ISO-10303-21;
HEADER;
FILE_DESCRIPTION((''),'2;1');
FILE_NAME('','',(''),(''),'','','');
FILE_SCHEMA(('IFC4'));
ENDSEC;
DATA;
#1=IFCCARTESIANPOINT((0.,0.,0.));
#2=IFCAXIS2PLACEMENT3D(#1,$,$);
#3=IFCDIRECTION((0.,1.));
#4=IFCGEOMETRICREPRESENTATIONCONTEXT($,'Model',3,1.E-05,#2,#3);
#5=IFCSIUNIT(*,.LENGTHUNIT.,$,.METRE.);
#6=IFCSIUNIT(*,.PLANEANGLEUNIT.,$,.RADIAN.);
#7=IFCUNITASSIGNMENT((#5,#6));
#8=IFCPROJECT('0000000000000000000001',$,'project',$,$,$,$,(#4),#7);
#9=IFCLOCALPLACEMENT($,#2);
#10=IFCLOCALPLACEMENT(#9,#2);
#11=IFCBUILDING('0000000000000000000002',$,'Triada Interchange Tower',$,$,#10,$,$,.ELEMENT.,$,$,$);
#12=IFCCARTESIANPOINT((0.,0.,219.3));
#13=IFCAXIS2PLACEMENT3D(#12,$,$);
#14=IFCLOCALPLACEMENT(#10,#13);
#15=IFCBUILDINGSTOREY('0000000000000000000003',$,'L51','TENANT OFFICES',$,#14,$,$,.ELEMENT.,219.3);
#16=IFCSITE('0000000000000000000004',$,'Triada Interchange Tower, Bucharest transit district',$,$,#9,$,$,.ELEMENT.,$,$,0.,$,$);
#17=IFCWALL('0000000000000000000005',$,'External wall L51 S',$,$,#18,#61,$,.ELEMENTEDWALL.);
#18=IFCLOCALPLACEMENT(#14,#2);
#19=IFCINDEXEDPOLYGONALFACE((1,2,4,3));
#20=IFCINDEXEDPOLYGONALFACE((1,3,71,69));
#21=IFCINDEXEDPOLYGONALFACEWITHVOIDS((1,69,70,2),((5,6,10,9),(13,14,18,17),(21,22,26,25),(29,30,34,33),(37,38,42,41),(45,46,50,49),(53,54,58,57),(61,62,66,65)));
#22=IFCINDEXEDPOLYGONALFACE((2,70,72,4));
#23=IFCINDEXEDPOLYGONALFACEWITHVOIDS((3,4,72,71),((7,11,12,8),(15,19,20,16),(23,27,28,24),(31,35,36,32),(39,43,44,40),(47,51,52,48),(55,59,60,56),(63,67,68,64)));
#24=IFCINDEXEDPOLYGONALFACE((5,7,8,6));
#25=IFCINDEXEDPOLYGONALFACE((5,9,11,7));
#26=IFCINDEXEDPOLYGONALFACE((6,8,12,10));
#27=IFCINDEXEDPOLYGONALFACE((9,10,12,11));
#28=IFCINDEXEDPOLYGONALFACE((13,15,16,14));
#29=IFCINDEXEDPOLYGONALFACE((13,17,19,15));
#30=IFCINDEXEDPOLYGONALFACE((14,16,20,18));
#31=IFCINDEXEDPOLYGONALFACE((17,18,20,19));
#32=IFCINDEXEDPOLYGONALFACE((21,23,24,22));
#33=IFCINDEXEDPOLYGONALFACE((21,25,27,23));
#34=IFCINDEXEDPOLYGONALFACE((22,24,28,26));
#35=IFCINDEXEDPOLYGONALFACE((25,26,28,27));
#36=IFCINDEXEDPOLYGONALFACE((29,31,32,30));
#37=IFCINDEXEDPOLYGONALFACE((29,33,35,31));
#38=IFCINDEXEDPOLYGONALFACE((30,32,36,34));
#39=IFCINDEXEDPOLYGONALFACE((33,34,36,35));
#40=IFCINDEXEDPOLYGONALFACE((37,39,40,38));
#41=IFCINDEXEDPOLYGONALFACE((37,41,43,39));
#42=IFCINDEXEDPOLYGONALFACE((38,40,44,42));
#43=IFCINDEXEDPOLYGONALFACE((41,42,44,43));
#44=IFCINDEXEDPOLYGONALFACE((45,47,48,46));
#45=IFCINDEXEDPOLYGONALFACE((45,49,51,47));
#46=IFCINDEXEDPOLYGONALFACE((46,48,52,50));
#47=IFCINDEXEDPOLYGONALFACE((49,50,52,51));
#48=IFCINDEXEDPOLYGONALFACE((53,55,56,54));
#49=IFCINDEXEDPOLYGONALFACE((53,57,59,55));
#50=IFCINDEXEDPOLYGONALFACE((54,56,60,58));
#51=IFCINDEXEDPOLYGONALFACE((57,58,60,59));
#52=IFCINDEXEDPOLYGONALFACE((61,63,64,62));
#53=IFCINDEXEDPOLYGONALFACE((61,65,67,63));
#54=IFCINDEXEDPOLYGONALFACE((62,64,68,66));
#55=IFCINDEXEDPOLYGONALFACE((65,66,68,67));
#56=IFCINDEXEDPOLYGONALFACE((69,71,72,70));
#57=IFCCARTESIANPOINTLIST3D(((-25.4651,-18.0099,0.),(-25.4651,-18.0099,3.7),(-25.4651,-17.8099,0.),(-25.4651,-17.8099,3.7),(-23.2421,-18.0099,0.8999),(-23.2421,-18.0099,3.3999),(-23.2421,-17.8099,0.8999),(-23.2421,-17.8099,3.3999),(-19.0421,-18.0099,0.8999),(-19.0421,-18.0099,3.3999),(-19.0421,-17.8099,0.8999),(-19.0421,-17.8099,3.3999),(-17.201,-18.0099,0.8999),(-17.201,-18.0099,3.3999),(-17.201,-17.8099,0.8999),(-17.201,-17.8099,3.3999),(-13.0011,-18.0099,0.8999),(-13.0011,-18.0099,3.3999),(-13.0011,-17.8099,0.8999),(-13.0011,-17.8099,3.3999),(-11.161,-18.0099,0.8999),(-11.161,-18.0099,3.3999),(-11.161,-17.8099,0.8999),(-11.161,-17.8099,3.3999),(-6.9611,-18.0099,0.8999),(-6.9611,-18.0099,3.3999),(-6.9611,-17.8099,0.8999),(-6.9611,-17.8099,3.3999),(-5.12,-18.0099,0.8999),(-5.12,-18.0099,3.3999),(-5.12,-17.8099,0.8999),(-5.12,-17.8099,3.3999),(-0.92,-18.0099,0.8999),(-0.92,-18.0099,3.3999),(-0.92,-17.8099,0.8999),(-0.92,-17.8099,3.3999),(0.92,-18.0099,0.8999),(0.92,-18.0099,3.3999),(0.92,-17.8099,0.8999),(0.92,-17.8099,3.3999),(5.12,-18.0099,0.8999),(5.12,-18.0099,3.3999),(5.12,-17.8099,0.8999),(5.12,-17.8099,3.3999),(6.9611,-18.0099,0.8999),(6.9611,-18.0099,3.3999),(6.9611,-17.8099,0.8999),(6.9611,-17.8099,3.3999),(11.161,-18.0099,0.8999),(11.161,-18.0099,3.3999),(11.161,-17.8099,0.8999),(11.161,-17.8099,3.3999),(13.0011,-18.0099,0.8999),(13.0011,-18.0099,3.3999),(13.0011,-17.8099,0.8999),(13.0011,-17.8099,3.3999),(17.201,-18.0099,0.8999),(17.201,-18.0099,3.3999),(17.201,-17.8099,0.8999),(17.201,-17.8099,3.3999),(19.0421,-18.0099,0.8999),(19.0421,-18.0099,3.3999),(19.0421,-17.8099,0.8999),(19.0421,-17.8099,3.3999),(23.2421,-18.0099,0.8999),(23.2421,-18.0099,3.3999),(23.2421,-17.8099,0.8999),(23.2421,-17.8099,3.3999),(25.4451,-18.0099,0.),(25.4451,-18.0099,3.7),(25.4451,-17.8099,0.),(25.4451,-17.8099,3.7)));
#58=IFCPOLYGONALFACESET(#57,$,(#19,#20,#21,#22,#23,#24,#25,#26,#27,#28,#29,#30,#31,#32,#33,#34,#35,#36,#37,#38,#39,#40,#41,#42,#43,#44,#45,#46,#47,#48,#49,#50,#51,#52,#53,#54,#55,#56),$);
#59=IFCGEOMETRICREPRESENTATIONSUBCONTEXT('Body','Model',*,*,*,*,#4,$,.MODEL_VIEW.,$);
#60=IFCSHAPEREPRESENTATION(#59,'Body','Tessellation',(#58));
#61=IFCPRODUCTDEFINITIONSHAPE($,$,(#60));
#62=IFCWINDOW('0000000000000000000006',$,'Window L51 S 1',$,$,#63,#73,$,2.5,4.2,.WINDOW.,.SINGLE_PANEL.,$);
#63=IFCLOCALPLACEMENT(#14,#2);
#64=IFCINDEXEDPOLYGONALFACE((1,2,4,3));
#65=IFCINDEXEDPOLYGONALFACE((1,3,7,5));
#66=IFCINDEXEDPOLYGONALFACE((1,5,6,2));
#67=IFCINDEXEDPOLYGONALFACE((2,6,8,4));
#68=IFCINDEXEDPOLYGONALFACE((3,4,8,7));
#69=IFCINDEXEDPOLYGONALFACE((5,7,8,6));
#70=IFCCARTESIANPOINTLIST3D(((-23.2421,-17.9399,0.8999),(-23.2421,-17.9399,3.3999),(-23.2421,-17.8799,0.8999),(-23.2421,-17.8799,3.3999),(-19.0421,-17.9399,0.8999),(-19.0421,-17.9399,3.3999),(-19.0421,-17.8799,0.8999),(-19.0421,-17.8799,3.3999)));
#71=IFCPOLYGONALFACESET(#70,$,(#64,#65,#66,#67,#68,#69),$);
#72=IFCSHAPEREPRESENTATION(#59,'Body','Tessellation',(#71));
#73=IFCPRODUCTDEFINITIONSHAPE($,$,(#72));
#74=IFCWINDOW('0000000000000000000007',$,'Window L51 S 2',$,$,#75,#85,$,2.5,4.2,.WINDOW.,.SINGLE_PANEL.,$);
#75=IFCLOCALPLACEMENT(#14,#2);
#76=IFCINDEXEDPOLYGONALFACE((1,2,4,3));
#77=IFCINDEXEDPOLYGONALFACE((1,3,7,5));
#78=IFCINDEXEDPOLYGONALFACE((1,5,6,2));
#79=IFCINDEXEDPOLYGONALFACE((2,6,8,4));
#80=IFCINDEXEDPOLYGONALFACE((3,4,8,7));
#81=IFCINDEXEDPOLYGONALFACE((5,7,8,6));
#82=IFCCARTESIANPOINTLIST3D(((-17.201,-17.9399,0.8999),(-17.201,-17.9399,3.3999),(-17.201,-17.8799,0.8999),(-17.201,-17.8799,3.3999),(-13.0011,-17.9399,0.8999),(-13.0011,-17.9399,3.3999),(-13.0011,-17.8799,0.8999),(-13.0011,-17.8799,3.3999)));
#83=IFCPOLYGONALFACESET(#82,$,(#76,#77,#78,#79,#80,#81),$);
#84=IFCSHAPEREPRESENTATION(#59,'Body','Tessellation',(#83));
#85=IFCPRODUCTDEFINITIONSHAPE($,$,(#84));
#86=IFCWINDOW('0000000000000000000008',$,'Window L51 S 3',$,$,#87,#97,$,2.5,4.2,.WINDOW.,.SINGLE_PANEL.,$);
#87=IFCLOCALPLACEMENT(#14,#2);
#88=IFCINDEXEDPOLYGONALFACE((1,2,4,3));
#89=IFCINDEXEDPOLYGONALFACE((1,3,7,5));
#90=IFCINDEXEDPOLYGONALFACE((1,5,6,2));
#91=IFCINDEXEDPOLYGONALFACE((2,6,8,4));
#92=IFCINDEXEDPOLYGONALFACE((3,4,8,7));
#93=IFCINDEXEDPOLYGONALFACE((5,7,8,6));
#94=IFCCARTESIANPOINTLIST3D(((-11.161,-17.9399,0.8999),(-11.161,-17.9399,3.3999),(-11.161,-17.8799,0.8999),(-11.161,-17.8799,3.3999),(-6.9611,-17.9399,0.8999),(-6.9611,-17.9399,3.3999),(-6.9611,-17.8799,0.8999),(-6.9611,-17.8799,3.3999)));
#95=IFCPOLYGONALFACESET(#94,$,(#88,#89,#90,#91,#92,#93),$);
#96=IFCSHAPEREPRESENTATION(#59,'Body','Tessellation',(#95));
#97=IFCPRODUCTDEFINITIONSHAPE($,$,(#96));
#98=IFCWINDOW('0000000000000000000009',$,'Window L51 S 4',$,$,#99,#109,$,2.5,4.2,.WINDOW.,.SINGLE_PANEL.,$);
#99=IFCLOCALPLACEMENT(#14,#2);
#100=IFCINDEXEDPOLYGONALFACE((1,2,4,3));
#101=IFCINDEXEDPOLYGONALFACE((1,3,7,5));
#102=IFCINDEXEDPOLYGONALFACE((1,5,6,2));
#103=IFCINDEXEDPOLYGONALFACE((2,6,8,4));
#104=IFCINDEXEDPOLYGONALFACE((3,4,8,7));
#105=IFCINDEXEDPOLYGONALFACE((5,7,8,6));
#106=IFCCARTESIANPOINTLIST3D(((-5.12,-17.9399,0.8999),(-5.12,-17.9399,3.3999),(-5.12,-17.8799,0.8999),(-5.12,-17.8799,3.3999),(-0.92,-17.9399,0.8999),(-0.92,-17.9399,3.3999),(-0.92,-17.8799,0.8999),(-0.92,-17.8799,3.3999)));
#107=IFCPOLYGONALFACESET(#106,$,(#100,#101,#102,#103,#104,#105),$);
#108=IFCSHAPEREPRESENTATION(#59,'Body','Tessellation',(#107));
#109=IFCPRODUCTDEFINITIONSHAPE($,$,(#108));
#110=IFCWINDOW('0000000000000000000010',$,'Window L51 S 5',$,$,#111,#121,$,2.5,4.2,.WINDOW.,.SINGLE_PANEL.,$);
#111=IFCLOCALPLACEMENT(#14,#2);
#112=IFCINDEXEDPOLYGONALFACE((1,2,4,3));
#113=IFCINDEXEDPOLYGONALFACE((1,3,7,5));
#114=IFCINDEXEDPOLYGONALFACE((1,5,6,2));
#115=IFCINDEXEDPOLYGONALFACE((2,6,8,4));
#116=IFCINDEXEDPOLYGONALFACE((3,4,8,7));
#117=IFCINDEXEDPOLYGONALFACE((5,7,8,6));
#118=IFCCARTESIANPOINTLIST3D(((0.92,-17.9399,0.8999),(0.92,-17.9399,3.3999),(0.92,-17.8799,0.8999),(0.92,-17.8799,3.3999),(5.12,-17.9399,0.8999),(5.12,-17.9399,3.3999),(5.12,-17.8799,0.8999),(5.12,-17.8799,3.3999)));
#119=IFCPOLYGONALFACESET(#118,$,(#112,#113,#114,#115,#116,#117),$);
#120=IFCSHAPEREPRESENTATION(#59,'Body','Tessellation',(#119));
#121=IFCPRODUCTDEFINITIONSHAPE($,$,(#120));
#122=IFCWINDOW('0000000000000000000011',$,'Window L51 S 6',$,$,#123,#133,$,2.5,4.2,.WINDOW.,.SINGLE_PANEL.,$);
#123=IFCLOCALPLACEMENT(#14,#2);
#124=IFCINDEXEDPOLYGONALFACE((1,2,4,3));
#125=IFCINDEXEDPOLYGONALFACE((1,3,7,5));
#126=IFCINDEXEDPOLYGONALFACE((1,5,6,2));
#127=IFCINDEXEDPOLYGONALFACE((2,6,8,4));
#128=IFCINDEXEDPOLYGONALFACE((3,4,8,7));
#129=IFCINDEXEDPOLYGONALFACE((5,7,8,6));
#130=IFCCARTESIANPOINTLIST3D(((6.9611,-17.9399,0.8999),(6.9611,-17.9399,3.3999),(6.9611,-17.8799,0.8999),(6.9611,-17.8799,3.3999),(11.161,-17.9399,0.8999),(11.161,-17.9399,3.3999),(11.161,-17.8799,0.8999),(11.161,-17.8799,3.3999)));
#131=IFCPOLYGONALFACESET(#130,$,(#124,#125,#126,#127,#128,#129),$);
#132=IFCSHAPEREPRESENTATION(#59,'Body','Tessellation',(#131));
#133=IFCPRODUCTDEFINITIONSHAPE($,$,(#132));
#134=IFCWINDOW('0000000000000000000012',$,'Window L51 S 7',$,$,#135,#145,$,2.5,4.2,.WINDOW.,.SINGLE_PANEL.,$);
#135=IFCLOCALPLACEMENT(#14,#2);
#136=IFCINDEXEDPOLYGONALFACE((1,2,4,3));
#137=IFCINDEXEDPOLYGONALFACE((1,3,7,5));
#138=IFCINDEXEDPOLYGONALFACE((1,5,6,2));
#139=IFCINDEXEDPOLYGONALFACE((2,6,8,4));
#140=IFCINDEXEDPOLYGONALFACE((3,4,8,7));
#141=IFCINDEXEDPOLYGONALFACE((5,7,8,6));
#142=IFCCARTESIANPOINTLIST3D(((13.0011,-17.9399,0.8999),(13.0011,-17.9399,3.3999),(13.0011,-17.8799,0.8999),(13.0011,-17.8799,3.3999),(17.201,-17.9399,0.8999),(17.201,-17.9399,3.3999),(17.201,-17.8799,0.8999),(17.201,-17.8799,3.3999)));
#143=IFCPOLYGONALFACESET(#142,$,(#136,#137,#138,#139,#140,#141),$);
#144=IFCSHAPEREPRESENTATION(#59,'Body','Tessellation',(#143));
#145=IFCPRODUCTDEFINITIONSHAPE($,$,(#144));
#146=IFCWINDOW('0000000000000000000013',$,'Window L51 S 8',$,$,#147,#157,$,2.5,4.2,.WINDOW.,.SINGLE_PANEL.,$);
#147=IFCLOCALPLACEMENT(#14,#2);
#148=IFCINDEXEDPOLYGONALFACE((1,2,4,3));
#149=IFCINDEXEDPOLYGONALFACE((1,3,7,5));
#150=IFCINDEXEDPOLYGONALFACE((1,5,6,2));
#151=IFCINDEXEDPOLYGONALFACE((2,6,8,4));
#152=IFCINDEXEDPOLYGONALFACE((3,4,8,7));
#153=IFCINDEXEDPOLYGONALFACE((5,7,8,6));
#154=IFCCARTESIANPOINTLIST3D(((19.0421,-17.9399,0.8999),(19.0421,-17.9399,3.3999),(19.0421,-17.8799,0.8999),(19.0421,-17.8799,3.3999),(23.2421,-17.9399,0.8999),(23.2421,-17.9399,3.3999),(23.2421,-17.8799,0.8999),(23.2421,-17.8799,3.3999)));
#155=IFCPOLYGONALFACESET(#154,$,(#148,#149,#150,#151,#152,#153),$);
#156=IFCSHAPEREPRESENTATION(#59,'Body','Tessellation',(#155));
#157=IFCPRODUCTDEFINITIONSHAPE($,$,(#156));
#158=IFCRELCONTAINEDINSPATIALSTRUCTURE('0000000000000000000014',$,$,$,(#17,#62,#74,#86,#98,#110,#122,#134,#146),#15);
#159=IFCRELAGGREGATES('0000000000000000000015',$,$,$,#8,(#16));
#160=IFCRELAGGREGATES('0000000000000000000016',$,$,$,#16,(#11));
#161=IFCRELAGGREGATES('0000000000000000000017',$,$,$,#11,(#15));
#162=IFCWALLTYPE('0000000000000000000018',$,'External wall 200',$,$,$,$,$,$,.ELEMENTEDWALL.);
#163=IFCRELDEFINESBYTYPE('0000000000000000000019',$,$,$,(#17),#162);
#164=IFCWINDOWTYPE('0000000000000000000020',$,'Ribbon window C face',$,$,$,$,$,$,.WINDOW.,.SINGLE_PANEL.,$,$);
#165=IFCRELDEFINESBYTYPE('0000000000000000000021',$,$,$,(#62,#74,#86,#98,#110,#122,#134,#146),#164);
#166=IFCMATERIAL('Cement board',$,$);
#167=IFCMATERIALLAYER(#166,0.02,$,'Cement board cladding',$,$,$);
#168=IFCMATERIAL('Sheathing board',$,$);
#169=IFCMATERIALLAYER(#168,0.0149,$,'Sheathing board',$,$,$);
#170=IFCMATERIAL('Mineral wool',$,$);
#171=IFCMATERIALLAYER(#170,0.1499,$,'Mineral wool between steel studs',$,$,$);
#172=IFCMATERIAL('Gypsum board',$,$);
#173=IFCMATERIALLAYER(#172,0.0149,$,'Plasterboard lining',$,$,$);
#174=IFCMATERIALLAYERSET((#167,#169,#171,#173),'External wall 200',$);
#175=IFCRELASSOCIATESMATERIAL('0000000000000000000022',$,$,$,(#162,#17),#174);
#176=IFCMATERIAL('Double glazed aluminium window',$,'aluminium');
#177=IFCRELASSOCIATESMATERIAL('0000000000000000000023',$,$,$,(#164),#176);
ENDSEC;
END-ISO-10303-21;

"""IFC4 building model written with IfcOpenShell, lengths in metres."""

from ifc_helpers import new_model, si_unit, direction, frame, frame_2d, origin, place, context, subcontext, project, spatial, rectangle, extrude, material, layer, layer_set, layer_usage, type_object, element, fill, save


model = new_model("IFC4")

# Units and contexts
model_context = context("Model", 3, precision=1e-05, world=origin(), true_north=direction((0.0, 1.0)))
body_context = subcontext(model_context, "Body", "Model", "MODEL_VIEW")
ifc_project = project(units=[si_unit("LENGTHUNIT", "METRE"), si_unit("PLANEANGLEUNIT", "RADIAN")], contexts=[model_context])

# Site, building, storey
site_placement = place(None, origin())
site = spatial("IfcSite", under=ifc_project, at=site_placement, Name="Triada Interchange Tower, Bucharest transit district", CompositionType="ELEMENT", RefElevation=0.0)
building_placement = place(site_placement, origin())
building = spatial("IfcBuilding", under=site, at=building_placement, Name="Triada Interchange Tower", CompositionType="ELEMENT")
storey_placement = place(building_placement, frame((0.0, 0.0, 219.3)))
storey = spatial("IfcBuildingStorey", under=building, at=storey_placement, Name="L51", Description="TENANT OFFICES", CompositionType="ELEMENT", Elevation=219.3)

# Shared definitions
ifc_material_1 = material(Name="Cement board")
ifc_layer_1 = layer(ifc_material_1, 0.02, Name="Cement board cladding")
ifc_material_2 = material(Name="Sheathing board")
ifc_layer_2 = layer(ifc_material_2, 0.0149, Name="Sheathing board")
ifc_material_3 = material(Name="Mineral wool")
ifc_layer_3 = layer(ifc_material_3, 0.1499, Name="Mineral wool between steel studs")
ifc_material_4 = material(Name="Gypsum board")
ifc_layer_4 = layer(ifc_material_4, 0.0149, Name="Plasterboard lining")
ifc_layer_set_1 = layer_set([ifc_layer_1, ifc_layer_2, ifc_layer_3, ifc_layer_4], Name="External wall 200")
ifc_layer_usage = layer_usage(ifc_layer_set_1, "AXIS2", "POSITIVE", -0.1001)
wall_type_1 = type_object("IfcWallType", Name="External wall 200", PredefinedType="ELEMENTEDWALL", material=ifc_layer_set_1)
ifc_material_5 = material(Name="Double glazed aluminium window", Category="aluminium")

# Wall, openings, windows
wall_1_placement = place(storey_placement, frame((-25.4651, -17.9099, 0.0), z_axis=(0.0, 0.0, 1.0), x_axis=(1.0, 0.0, 0.0)))
wall_1 = element("IfcWall", 1, at=wall_1_placement, inside=storey, type_object=wall_type_1, material=ifc_layer_usage, Name="External wall L51 S", PredefinedType="ELEMENTEDWALL", context=body_context, shape_type="SweptSolid", body=[
    extrude(rectangle(XDim=50.9102, YDim=0.2, at=frame_2d((25.4551, 0.0))), origin(), (0.0, 0.0, 1.0), 3.7),
])
opening_1_placement = place(wall_1_placement, frame((2.2229, 0.0, 0.8999)))
opening_1 = element("IfcOpeningElement", 2, at=opening_1_placement, cuts=wall_1, PredefinedType="OPENING", context=body_context, shape_type="SweptSolid", body=[
    extrude(rectangle(XDim=4.2, YDim=2.5, at=frame_2d((2.1001, 1.25))), frame((0.0, 0.1099, 0.0), z_axis=(0.0, -1.0, 0.0), x_axis=(1.0, 0.0, 0.0)), (0.0, 0.0, 1.0), 0.22),
])
opening_2_placement = place(wall_1_placement, frame((8.2639, 0.0, 0.8999)))
opening_2 = element("IfcOpeningElement", 3, at=opening_2_placement, cuts=wall_1, PredefinedType="OPENING", context=body_context, shape_type="SweptSolid", body=[
    extrude(rectangle(XDim=4.2, YDim=2.5, at=frame_2d((2.1001, 1.25))), frame((0.0, 0.1099, 0.0), z_axis=(0.0, -1.0, 0.0), x_axis=(1.0, 0.0, 0.0)), (0.0, 0.0, 1.0), 0.22),
])
opening_3_placement = place(wall_1_placement, frame((14.304, 0.0, 0.8999)))
opening_3 = element("IfcOpeningElement", 4, at=opening_3_placement, cuts=wall_1, PredefinedType="OPENING", context=body_context, shape_type="SweptSolid", body=[
    extrude(rectangle(XDim=4.2, YDim=2.5, at=frame_2d((2.1001, 1.25))), frame((0.0, 0.1099, 0.0), z_axis=(0.0, -1.0, 0.0), x_axis=(1.0, 0.0, 0.0)), (0.0, 0.0, 1.0), 0.22),
])
opening_4_placement = place(wall_1_placement, frame((20.345, 0.0, 0.8999)))
opening_4 = element("IfcOpeningElement", 5, at=opening_4_placement, cuts=wall_1, PredefinedType="OPENING", context=body_context, shape_type="SweptSolid", body=[
    extrude(rectangle(XDim=4.2, YDim=2.5, at=frame_2d((2.1001, 1.25))), frame((0.0, 0.1099, 0.0), z_axis=(0.0, -1.0, 0.0), x_axis=(1.0, 0.0, 0.0)), (0.0, 0.0, 1.0), 0.22),
])
opening_5_placement = place(wall_1_placement, frame((26.385, 0.0, 0.8999)))
opening_5 = element("IfcOpeningElement", 6, at=opening_5_placement, cuts=wall_1, PredefinedType="OPENING", context=body_context, shape_type="SweptSolid", body=[
    extrude(rectangle(XDim=4.2, YDim=2.5, at=frame_2d((2.1001, 1.25))), frame((0.0, 0.1099, 0.0), z_axis=(0.0, -1.0, 0.0), x_axis=(1.0, 0.0, 0.0)), (0.0, 0.0, 1.0), 0.22),
])
opening_6_placement = place(wall_1_placement, frame((32.426, 0.0, 0.8999)))
opening_6 = element("IfcOpeningElement", 7, at=opening_6_placement, cuts=wall_1, PredefinedType="OPENING", context=body_context, shape_type="SweptSolid", body=[
    extrude(rectangle(XDim=4.2, YDim=2.5, at=frame_2d((2.1001, 1.25))), frame((0.0, 0.1099, 0.0), z_axis=(0.0, -1.0, 0.0), x_axis=(1.0, 0.0, 0.0)), (0.0, 0.0, 1.0), 0.22),
])
opening_7_placement = place(wall_1_placement, frame((38.4661, 0.0, 0.8999)))
opening_7 = element("IfcOpeningElement", 8, at=opening_7_placement, cuts=wall_1, PredefinedType="OPENING", context=body_context, shape_type="SweptSolid", body=[
    extrude(rectangle(XDim=4.2, YDim=2.5, at=frame_2d((2.1001, 1.25))), frame((0.0, 0.1099, 0.0), z_axis=(0.0, -1.0, 0.0), x_axis=(1.0, 0.0, 0.0)), (0.0, 0.0, 1.0), 0.22),
])
opening_8_placement = place(wall_1_placement, frame((44.5071, 0.0, 0.8999)))
opening_8 = element("IfcOpeningElement", 9, at=opening_8_placement, cuts=wall_1, PredefinedType="OPENING", context=body_context, shape_type="SweptSolid", body=[
    extrude(rectangle(XDim=4.2, YDim=2.5, at=frame_2d((2.1001, 1.25))), frame((0.0, 0.1099, 0.0), z_axis=(0.0, -1.0, 0.0), x_axis=(1.0, 0.0, 0.0)), (0.0, 0.0, 1.0), 0.22),
])
window_type_1 = type_object("IfcWindowType", Name="Ribbon window C face", PartitioningType="SINGLE_PANEL", PredefinedType="WINDOW", material=ifc_material_5)
window_1_placement = place(opening_1_placement, origin())
window_1 = element("IfcWindow", 10, at=window_1_placement, inside=storey, type_object=window_type_1, Name="Window L51 S 1", OverallHeight=2.5, OverallWidth=4.2, PartitioningType="SINGLE_PANEL", PredefinedType="WINDOW", context=body_context, shape_type="SweptSolid", body=[
    extrude(rectangle(XDim=4.2, YDim=2.5, at=frame_2d((2.1001, 1.25))), frame((0.0, 0.03, 0.0), z_axis=(0.0, -1.0, 0.0), x_axis=(1.0, 0.0, 0.0)), (0.0, 0.0, 1.0), 0.0601),
])
fill(opening_1, window_1)
window_2_placement = place(opening_2_placement, origin())
window_2 = element("IfcWindow", 11, at=window_2_placement, inside=storey, type_object=window_type_1, Name="Window L51 S 2", OverallHeight=2.5, OverallWidth=4.2, PartitioningType="SINGLE_PANEL", PredefinedType="WINDOW", context=body_context, shape_type="SweptSolid", body=[
    extrude(rectangle(XDim=4.2, YDim=2.5, at=frame_2d((2.1001, 1.25))), frame((0.0, 0.03, 0.0), z_axis=(0.0, -1.0, 0.0), x_axis=(1.0, 0.0, 0.0)), (0.0, 0.0, 1.0), 0.0601),
])
fill(opening_2, window_2)
window_3_placement = place(opening_3_placement, origin())
window_3 = element("IfcWindow", 12, at=window_3_placement, inside=storey, type_object=window_type_1, Name="Window L51 S 3", OverallHeight=2.5, OverallWidth=4.2, PartitioningType="SINGLE_PANEL", PredefinedType="WINDOW", context=body_context, shape_type="SweptSolid", body=[
    extrude(rectangle(XDim=4.2, YDim=2.5, at=frame_2d((2.1001, 1.25))), frame((0.0, 0.03, 0.0), z_axis=(0.0, -1.0, 0.0), x_axis=(1.0, 0.0, 0.0)), (0.0, 0.0, 1.0), 0.0601),
])
fill(opening_3, window_3)
window_4_placement = place(opening_4_placement, origin())
window_4 = element("IfcWindow", 13, at=window_4_placement, inside=storey, type_object=window_type_1, Name="Window L51 S 4", OverallHeight=2.5, OverallWidth=4.2, PartitioningType="SINGLE_PANEL", PredefinedType="WINDOW", context=body_context, shape_type="SweptSolid", body=[
    extrude(rectangle(XDim=4.2, YDim=2.5, at=frame_2d((2.1001, 1.25))), frame((0.0, 0.03, 0.0), z_axis=(0.0, -1.0, 0.0), x_axis=(1.0, 0.0, 0.0)), (0.0, 0.0, 1.0), 0.0601),
])
fill(opening_4, window_4)
window_5_placement = place(opening_5_placement, origin())
window_5 = element("IfcWindow", 14, at=window_5_placement, inside=storey, type_object=window_type_1, Name="Window L51 S 5", OverallHeight=2.5, OverallWidth=4.2, PartitioningType="SINGLE_PANEL", PredefinedType="WINDOW", context=body_context, shape_type="SweptSolid", body=[
    extrude(rectangle(XDim=4.2, YDim=2.5, at=frame_2d((2.1001, 1.25))), frame((0.0, 0.03, 0.0), z_axis=(0.0, -1.0, 0.0), x_axis=(1.0, 0.0, 0.0)), (0.0, 0.0, 1.0), 0.0601),
])
fill(opening_5, window_5)
window_6_placement = place(opening_6_placement, origin())
window_6 = element("IfcWindow", 15, at=window_6_placement, inside=storey, type_object=window_type_1, Name="Window L51 S 6", OverallHeight=2.5, OverallWidth=4.2, PartitioningType="SINGLE_PANEL", PredefinedType="WINDOW", context=body_context, shape_type="SweptSolid", body=[
    extrude(rectangle(XDim=4.2, YDim=2.5, at=frame_2d((2.1001, 1.25))), frame((0.0, 0.03, 0.0), z_axis=(0.0, -1.0, 0.0), x_axis=(1.0, 0.0, 0.0)), (0.0, 0.0, 1.0), 0.0601),
])
fill(opening_6, window_6)
window_7_placement = place(opening_7_placement, origin())
window_7 = element("IfcWindow", 16, at=window_7_placement, inside=storey, type_object=window_type_1, Name="Window L51 S 7", OverallHeight=2.5, OverallWidth=4.2, PartitioningType="SINGLE_PANEL", PredefinedType="WINDOW", context=body_context, shape_type="SweptSolid", body=[
    extrude(rectangle(XDim=4.2, YDim=2.5, at=frame_2d((2.1001, 1.25))), frame((0.0, 0.03, 0.0), z_axis=(0.0, -1.0, 0.0), x_axis=(1.0, 0.0, 0.0)), (0.0, 0.0, 1.0), 0.0601),
])
fill(opening_7, window_7)
window_8_placement = place(opening_8_placement, origin())
window_8 = element("IfcWindow", 17, at=window_8_placement, inside=storey, type_object=window_type_1, Name="Window L51 S 8", OverallHeight=2.5, OverallWidth=4.2, PartitioningType="SINGLE_PANEL", PredefinedType="WINDOW", context=body_context, shape_type="SweptSolid", body=[
    extrude(rectangle(XDim=4.2, YDim=2.5, at=frame_2d((2.1001, 1.25))), frame((0.0, 0.03, 0.0), z_axis=(0.0, -1.0, 0.0), x_axis=(1.0, 0.0, 0.0)), (0.0, 0.0, 1.0), 0.0601),
])
fill(opening_8, window_8)

save(model, "model.ifc")
